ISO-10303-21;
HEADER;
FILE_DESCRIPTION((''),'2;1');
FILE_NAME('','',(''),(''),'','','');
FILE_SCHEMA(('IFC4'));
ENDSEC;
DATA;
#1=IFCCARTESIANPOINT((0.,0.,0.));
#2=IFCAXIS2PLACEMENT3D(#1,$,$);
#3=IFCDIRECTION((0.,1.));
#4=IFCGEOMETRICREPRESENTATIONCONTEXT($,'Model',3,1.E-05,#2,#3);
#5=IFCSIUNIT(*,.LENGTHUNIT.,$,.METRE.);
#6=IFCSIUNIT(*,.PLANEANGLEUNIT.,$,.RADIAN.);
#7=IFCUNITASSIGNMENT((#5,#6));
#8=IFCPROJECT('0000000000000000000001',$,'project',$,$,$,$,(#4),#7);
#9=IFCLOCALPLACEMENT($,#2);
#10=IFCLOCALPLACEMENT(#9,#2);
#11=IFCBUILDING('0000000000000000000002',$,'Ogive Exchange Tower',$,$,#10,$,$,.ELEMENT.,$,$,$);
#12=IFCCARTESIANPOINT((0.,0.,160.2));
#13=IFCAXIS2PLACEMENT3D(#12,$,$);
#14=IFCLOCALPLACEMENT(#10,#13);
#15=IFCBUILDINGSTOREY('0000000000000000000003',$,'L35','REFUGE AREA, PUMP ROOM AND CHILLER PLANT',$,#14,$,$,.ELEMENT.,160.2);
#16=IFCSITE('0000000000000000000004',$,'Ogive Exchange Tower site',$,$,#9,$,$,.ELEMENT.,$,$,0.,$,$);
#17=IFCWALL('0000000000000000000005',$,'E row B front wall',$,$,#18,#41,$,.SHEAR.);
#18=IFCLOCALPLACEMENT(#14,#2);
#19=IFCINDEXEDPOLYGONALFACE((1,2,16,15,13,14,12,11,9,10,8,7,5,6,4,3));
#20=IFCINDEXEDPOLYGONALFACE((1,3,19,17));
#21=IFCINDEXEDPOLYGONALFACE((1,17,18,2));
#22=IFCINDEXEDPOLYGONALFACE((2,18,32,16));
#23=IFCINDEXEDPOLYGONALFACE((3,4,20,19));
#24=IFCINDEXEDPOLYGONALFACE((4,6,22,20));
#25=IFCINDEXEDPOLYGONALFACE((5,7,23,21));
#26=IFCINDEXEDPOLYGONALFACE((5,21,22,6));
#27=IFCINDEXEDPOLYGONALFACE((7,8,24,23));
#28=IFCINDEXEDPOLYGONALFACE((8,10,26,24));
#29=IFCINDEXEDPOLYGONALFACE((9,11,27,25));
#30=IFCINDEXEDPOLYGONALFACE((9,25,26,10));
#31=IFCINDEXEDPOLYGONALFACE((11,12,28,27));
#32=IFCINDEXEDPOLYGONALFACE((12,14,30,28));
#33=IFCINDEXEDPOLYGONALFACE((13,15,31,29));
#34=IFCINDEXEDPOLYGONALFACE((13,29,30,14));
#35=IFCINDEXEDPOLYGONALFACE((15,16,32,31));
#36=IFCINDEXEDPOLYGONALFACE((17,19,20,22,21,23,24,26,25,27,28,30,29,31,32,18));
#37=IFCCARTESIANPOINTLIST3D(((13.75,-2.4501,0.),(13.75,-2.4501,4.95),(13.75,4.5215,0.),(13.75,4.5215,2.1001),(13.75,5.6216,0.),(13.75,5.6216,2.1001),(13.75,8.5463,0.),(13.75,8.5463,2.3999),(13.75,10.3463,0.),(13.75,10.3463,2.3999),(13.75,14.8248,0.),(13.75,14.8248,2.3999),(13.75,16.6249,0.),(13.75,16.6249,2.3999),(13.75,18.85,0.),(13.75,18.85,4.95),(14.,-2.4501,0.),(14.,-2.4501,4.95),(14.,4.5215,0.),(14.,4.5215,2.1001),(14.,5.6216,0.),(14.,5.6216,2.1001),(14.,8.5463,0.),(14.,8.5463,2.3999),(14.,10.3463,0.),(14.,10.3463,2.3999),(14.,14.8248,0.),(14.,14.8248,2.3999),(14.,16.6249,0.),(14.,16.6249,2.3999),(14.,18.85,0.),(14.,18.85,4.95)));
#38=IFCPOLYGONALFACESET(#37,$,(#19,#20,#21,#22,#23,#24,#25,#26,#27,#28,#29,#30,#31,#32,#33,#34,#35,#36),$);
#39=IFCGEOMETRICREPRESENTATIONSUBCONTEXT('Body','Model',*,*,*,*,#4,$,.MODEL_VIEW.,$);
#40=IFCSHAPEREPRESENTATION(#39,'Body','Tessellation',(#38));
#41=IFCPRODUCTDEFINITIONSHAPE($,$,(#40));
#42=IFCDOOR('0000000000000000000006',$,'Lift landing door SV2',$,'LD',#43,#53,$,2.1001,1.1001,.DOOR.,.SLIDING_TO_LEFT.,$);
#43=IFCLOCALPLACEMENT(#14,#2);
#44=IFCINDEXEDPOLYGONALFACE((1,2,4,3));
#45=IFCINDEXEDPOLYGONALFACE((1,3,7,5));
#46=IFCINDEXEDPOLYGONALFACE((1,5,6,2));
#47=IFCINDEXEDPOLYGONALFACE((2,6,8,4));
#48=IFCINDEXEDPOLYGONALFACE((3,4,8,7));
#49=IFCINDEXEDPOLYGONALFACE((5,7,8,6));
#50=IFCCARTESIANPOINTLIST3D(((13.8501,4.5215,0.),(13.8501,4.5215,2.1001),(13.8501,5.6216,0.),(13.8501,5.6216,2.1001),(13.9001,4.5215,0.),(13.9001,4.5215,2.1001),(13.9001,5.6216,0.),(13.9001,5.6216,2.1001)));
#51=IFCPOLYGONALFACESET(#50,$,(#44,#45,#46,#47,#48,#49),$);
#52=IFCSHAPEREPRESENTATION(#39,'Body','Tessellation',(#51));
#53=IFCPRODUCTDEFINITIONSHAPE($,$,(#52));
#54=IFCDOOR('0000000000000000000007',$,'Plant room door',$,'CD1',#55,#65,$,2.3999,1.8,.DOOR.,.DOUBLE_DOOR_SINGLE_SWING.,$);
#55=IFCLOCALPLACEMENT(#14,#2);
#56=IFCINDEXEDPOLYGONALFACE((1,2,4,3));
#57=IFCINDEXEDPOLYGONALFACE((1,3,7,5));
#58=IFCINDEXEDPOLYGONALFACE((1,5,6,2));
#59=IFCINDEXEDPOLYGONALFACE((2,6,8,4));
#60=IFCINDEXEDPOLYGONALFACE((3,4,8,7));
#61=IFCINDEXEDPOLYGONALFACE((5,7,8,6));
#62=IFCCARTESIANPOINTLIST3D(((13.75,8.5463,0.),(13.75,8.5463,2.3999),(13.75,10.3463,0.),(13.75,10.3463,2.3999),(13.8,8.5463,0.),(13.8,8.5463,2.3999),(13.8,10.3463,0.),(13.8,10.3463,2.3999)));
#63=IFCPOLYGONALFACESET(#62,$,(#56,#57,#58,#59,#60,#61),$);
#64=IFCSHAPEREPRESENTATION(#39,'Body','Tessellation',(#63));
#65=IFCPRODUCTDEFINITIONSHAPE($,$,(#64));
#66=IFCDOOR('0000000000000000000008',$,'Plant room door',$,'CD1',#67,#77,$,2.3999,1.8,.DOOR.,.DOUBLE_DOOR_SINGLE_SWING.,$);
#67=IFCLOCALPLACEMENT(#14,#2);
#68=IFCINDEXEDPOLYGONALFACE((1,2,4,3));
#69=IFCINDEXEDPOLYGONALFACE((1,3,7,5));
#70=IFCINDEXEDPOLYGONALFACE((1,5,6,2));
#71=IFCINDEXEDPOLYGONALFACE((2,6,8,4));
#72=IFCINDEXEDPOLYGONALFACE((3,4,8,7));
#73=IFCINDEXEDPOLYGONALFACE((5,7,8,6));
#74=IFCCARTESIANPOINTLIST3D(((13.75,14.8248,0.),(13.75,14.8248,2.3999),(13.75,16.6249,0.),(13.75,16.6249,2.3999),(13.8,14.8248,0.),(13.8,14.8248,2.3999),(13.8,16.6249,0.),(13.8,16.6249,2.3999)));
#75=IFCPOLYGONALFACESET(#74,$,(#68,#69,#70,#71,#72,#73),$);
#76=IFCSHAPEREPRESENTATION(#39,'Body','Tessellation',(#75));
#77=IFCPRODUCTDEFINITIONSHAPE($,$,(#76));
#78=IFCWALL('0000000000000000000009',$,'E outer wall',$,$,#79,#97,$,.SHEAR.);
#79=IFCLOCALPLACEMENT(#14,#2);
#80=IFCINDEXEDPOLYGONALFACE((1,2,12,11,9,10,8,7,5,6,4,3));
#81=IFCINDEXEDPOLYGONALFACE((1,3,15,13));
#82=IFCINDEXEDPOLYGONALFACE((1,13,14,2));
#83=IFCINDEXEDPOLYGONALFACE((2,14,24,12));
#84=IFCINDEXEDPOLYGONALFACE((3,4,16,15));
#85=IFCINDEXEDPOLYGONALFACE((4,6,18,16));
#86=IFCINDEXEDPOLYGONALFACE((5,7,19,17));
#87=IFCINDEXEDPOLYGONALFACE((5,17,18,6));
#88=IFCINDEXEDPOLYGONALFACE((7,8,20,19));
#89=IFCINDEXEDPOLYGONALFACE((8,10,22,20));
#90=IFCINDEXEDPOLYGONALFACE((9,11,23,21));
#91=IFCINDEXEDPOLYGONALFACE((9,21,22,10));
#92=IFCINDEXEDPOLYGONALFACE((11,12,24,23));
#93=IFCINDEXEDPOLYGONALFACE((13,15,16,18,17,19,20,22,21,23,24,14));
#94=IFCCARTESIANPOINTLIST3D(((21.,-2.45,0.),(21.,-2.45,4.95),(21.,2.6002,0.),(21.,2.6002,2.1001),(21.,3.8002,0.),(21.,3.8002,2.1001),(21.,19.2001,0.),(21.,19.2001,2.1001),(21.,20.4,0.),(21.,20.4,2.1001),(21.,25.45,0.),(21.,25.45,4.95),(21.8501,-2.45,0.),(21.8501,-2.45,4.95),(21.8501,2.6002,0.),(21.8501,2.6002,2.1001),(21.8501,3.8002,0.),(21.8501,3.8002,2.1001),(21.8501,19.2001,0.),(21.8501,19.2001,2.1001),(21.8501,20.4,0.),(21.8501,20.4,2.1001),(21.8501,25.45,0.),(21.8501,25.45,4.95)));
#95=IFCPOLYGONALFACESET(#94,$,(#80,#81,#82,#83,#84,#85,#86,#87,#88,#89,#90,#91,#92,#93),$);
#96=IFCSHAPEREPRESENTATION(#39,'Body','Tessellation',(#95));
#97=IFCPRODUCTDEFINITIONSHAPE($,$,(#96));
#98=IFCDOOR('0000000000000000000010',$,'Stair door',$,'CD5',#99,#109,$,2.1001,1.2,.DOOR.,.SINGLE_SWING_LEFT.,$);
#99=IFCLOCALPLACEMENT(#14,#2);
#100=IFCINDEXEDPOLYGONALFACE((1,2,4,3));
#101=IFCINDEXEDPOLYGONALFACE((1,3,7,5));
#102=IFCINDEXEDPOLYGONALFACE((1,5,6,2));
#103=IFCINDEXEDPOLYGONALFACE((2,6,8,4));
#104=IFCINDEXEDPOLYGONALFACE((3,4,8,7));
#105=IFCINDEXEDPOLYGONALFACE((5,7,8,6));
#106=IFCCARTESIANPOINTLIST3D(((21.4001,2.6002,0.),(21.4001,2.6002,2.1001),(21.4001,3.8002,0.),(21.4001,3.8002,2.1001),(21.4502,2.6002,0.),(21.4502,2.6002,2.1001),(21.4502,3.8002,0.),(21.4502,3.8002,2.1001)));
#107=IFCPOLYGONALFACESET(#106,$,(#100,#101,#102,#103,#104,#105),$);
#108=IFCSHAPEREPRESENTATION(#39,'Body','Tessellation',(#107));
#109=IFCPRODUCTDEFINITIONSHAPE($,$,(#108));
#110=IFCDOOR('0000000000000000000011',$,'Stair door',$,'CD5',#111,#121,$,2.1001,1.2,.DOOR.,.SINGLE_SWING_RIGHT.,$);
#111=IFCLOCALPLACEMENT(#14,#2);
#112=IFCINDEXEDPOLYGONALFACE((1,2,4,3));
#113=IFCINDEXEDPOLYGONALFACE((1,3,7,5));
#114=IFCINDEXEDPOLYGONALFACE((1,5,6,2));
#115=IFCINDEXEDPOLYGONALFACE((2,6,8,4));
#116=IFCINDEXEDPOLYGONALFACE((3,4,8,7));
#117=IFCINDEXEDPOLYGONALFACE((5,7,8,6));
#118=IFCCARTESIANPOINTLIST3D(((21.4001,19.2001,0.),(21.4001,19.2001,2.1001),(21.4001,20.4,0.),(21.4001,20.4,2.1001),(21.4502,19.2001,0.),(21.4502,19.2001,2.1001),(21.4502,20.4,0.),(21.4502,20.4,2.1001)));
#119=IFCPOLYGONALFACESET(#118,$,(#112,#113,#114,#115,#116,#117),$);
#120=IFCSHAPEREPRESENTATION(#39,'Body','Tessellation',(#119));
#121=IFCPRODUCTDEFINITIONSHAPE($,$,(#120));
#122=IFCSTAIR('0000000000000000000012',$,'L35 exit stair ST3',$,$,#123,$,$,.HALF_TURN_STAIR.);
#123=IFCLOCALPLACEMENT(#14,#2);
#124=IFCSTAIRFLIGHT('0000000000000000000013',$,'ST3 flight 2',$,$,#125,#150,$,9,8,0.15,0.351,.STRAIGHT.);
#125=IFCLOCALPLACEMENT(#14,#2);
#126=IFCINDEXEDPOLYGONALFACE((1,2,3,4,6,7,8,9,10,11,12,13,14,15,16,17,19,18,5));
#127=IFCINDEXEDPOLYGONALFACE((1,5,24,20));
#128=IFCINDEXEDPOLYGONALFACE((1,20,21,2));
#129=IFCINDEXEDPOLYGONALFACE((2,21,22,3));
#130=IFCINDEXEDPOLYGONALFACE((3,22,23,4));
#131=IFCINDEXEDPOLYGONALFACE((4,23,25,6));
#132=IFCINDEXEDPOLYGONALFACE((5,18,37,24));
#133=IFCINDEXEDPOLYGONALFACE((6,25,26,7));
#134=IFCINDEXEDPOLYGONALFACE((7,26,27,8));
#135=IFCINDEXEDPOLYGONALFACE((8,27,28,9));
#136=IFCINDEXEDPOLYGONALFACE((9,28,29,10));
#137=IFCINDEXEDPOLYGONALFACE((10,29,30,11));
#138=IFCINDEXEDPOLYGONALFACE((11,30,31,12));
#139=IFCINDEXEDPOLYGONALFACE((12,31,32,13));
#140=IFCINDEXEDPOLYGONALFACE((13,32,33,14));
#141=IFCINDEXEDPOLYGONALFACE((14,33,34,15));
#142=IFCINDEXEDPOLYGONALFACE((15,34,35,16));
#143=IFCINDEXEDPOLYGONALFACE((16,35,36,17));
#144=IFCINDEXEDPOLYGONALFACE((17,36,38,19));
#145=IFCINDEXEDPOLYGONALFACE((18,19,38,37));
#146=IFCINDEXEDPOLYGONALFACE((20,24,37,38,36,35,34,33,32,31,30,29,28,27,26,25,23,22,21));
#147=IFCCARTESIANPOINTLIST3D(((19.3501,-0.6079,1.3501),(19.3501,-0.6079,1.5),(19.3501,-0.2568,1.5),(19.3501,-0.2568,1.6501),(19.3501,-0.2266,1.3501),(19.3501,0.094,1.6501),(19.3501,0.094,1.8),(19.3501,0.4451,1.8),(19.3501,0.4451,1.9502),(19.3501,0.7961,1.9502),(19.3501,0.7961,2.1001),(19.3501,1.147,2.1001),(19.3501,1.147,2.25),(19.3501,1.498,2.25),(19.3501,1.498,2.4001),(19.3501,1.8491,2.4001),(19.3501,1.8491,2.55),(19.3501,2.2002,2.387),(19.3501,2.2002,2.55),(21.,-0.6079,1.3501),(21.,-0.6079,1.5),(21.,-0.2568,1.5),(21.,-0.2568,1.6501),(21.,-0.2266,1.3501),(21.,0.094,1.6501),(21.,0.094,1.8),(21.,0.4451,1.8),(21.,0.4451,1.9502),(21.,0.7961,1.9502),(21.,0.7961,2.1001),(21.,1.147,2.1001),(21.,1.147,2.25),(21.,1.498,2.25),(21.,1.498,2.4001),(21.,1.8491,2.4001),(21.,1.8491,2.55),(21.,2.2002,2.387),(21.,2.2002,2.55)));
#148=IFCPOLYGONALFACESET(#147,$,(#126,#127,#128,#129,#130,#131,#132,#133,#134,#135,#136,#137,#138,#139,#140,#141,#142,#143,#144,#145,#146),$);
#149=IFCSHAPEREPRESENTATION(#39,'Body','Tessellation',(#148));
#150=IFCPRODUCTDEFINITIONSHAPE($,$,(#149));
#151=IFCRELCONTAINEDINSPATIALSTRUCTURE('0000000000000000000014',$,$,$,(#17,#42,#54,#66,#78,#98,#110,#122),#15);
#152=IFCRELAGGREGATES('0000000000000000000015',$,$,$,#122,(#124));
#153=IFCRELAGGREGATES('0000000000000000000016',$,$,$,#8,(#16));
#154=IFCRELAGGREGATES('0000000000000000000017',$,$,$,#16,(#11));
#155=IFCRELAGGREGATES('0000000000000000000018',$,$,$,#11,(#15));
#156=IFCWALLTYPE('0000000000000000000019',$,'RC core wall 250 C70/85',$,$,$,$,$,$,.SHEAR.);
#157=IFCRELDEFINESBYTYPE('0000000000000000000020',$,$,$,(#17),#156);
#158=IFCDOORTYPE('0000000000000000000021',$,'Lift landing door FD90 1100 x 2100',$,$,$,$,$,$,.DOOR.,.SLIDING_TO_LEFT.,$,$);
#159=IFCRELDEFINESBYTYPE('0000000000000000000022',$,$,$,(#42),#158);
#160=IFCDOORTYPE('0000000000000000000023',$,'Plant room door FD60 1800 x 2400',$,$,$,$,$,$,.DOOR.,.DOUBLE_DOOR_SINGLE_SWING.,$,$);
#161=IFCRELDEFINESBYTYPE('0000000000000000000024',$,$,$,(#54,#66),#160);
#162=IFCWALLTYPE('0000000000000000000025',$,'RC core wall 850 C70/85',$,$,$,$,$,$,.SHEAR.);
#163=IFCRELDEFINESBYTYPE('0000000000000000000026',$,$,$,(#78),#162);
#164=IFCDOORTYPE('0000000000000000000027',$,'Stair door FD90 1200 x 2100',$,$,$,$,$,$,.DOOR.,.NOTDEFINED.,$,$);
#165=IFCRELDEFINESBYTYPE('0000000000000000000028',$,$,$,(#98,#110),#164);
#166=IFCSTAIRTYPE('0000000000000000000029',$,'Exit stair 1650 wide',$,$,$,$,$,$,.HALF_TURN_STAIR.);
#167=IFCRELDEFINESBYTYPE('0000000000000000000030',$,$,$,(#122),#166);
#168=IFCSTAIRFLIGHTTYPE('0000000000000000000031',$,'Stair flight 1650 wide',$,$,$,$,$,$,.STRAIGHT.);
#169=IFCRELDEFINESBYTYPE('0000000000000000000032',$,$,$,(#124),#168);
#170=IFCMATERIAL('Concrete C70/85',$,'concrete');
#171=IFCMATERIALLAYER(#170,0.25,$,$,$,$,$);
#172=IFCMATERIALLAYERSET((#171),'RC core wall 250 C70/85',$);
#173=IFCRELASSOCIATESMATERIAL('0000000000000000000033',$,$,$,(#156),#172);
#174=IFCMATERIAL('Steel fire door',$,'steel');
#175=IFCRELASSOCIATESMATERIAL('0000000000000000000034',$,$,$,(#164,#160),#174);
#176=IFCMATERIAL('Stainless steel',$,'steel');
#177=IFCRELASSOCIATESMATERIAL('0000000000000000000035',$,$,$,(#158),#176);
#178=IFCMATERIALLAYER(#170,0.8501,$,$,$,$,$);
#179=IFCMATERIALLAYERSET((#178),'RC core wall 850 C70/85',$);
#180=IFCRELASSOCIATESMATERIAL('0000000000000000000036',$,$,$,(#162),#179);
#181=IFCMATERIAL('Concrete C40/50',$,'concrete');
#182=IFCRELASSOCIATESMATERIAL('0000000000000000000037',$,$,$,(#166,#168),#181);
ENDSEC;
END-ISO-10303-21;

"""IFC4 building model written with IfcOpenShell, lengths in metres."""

from ifc_helpers import new_model, si_unit, direction, frame, frame_2d, origin, place, context, subcontext, project, spatial, polyline, rectangle, outline, extrude, material, layer, layer_set, type_object, element, fill, aggregate, save


model = new_model("IFC4")

# Units and contexts
model_context = context("Model", 3, precision=1e-05, world=origin(), true_north=direction((0.0, 1.0)))
body_context = subcontext(model_context, "Body", "Model", "MODEL_VIEW")
ifc_project = project(units=[si_unit("LENGTHUNIT", "METRE"), si_unit("PLANEANGLEUNIT", "RADIAN")], contexts=[model_context])

# Site, building, storey
site_placement = place(None, origin())
site = spatial("IfcSite", under=ifc_project, at=site_placement, Name="Ogive Exchange Tower site", CompositionType="ELEMENT", RefElevation=0.0)
building_placement = place(site_placement, origin())
building = spatial("IfcBuilding", under=site, at=building_placement, Name="Ogive Exchange Tower", CompositionType="ELEMENT")
storey_placement = place(building_placement, frame((0.0, 0.0, 160.2)))
storey = spatial("IfcBuildingStorey", under=building, at=storey_placement, Name="L35", Description="REFUGE AREA, PUMP ROOM AND CHILLER PLANT", CompositionType="ELEMENT", Elevation=160.2)

# Shared definitions
ifc_material_1 = material(Name="Concrete C70/85", Category="concrete")
ifc_layer_1 = layer(ifc_material_1, 0.25)
ifc_layer_set_1 = layer_set([ifc_layer_1], Name="RC core wall 250 C70/85")
wall_type_1 = type_object("IfcWallType", Name="RC core wall 250 C70/85", PredefinedType="SHEAR", material=ifc_layer_set_1)
ifc_material_2 = material(Name="Steel fire door", Category="steel")
door_type_1 = type_object("IfcDoorType", Name="Stair door FD90 1200 x 2100", OperationType="NOTDEFINED", PredefinedType="DOOR", material=ifc_material_2)

# Walls, openings, doors
wall_1_placement = place(storey_placement, frame((13.875, -2.45, 0.0), z_axis=(0.0, 0.0, 1.0), x_axis=(0.0, 1.0, 0.0)))
wall_1 = element("IfcWall", 1, at=wall_1_placement, inside=storey, type_object=wall_type_1, Name="E row B front wall", PredefinedType="SHEAR", context=body_context, shape_type="SweptSolid", body=[
    extrude(rectangle(XDim=21.3, YDim=0.25, at=frame_2d((10.6499, 0.0))), origin(), (0.0, 0.0, 1.0), 4.95),
])
opening_1_placement = place(wall_1_placement, frame((10.9963, 0.0, 0.0)))
opening_1 = element("IfcOpeningElement", 2, at=opening_1_placement, cuts=wall_1, PredefinedType="OPENING", context=body_context, shape_type="SweptSolid", body=[
    extrude(rectangle(XDim=1.8, YDim=2.3999, at=frame_2d((0.8999, 1.2))), frame((0.0, 0.135, 0.0), z_axis=(0.0, -1.0, 0.0), x_axis=(1.0, 0.0, 0.0)), (0.0, 0.0, 1.0), 0.27),
])
opening_2_placement = place(wall_1_placement, frame((17.2749, 0.0, 0.0)))
opening_2 = element("IfcOpeningElement", 3, at=opening_2_placement, cuts=wall_1, PredefinedType="OPENING", context=body_context, shape_type="SweptSolid", body=[
    extrude(rectangle(XDim=1.8, YDim=2.3999, at=frame_2d((0.8999, 1.2))), frame((0.0, 0.135, 0.0), z_axis=(0.0, -1.0, 0.0), x_axis=(1.0, 0.0, 0.0)), (0.0, 0.0, 1.0), 0.27),
])
opening_3_placement = place(wall_1_placement, frame((6.9714, 0.0, 0.0)))
opening_3 = element("IfcOpeningElement", 4, at=opening_3_placement, cuts=wall_1, PredefinedType="OPENING", context=body_context, shape_type="SweptSolid", body=[
    extrude(rectangle(XDim=1.1001, YDim=2.1001, at=frame_2d((0.55, 1.05))), frame((0.0, 0.135, 0.0), z_axis=(0.0, -1.0, 0.0), x_axis=(1.0, 0.0, 0.0)), (0.0, 0.0, 1.0), 0.27),
])
ifc_material_3 = material(Name="Stainless steel", Category="steel")
door_type_2 = type_object("IfcDoorType", Name="Lift landing door FD90 1100 x 2100", OperationType="SLIDING_TO_LEFT", PredefinedType="DOOR", material=ifc_material_3)
door_1_placement = place(opening_3_placement, origin())
door_1 = element("IfcDoor", 5, at=door_1_placement, inside=storey, type_object=door_type_2, Name="Lift landing door SV2", ObjectType="LD", OperationType="SLIDING_TO_LEFT", OverallHeight=2.1001, OverallWidth=1.1001, PredefinedType="DOOR", context=body_context, shape_type="SweptSolid", body=[
    extrude(rectangle(XDim=1.1001, YDim=2.1001, at=frame_2d((0.55, 1.05))), frame((0.0, 0.0249, 0.0), z_axis=(0.0, -1.0, 0.0), x_axis=(1.0, 0.0, 0.0)), (0.0, 0.0, 1.0), 0.05),
])
fill(opening_3, door_1)
door_type_3 = type_object("IfcDoorType", Name="Plant room door FD60 1800 x 2400", OperationType="DOUBLE_DOOR_SINGLE_SWING", PredefinedType="DOOR", material=ifc_material_2)
door_2_placement = place(opening_1_placement, origin())
door_2 = element("IfcDoor", 6, at=door_2_placement, inside=storey, type_object=door_type_3, Name="Plant room door", ObjectType="CD1", OperationType="DOUBLE_DOOR_SINGLE_SWING", OverallHeight=2.3999, OverallWidth=1.8, PredefinedType="DOOR", context=body_context, shape_type="SweptSolid", body=[
    extrude(rectangle(XDim=1.8, YDim=2.3999, at=frame_2d((0.8999, 1.2))), frame((0.0, 0.125, 0.0), z_axis=(0.0, -1.0, 0.0), x_axis=(1.0, 0.0, 0.0)), (0.0, 0.0, 1.0), 0.05),
])
fill(opening_1, door_2)
door_3_placement = place(opening_2_placement, origin())
door_3 = element("IfcDoor", 7, at=door_3_placement, inside=storey, type_object=door_type_3, Name="Plant room door", ObjectType="CD1", OperationType="DOUBLE_DOOR_SINGLE_SWING", OverallHeight=2.3999, OverallWidth=1.8, PredefinedType="DOOR", context=body_context, shape_type="SweptSolid", body=[
    extrude(rectangle(XDim=1.8, YDim=2.3999, at=frame_2d((0.8999, 1.2))), frame((0.0, 0.125, 0.0), z_axis=(0.0, -1.0, 0.0), x_axis=(1.0, 0.0, 0.0)), (0.0, 0.0, 1.0), 0.05),
])
fill(opening_2, door_3)
ifc_layer_2 = layer(ifc_material_1, 0.8501)
ifc_layer_set_2 = layer_set([ifc_layer_2], Name="RC core wall 850 C70/85")
wall_type_2 = type_object("IfcWallType", Name="RC core wall 850 C70/85", PredefinedType="SHEAR", material=ifc_layer_set_2)
wall_2_placement = place(storey_placement, frame((21.425, -2.45, 0.0), z_axis=(0.0, 0.0, 1.0), x_axis=(0.0, 1.0, 0.0)))
wall_2 = element("IfcWall", 8, at=wall_2_placement, inside=storey, type_object=wall_type_2, Name="E outer wall", PredefinedType="SHEAR", context=body_context, shape_type="SweptSolid", body=[
    extrude(rectangle(XDim=27.8999, YDim=0.8501, at=frame_2d((13.95, 0.0))), origin(), (0.0, 0.0, 1.0), 4.95),
])
opening_4_placement = place(wall_2_placement, frame((5.05, 0.0, 0.0)))
opening_4 = element("IfcOpeningElement", 9, at=opening_4_placement, cuts=wall_2, PredefinedType="OPENING", context=body_context, shape_type="SweptSolid", body=[
    extrude(rectangle(XDim=1.2, YDim=2.1001, at=frame_2d((0.6001, 1.05))), frame((0.0, 0.4351, 0.0), z_axis=(0.0, -1.0, 0.0), x_axis=(1.0, 0.0, 0.0)), (0.0, 0.0, 1.0), 0.8701),
])
opening_5_placement = place(wall_2_placement, frame((21.6499, 0.0, 0.0)))
opening_5 = element("IfcOpeningElement", 10, at=opening_5_placement, cuts=wall_2, PredefinedType="OPENING", context=body_context, shape_type="SweptSolid", body=[
    extrude(rectangle(XDim=1.2, YDim=2.1001, at=frame_2d((0.6001, 1.05))), frame((0.0, 0.4351, 0.0), z_axis=(0.0, -1.0, 0.0), x_axis=(1.0, 0.0, 0.0)), (0.0, 0.0, 1.0), 0.8701),
])
door_4_placement = place(opening_4_placement, origin())
door_4 = element("IfcDoor", 11, at=door_4_placement, inside=storey, type_object=door_type_1, Name="Stair door", ObjectType="CD5", OperationType="SINGLE_SWING_LEFT", OverallHeight=2.1001, OverallWidth=1.2, PredefinedType="DOOR", context=body_context, shape_type="SweptSolid", body=[
    extrude(rectangle(XDim=1.2, YDim=2.1001, at=frame_2d((0.6001, 1.05))), frame((0.0, 0.0249, 0.0), z_axis=(0.0, -1.0, 0.0), x_axis=(1.0, 0.0, 0.0)), (0.0, 0.0, 1.0), 0.05),
])
fill(opening_4, door_4)
door_5_placement = place(opening_5_placement, origin())
door_5 = element("IfcDoor", 12, at=door_5_placement, inside=storey, type_object=door_type_1, Name="Stair door", ObjectType="CD5", OperationType="SINGLE_SWING_RIGHT", OverallHeight=2.1001, OverallWidth=1.2, PredefinedType="DOOR", context=body_context, shape_type="SweptSolid", body=[
    extrude(rectangle(XDim=1.2, YDim=2.1001, at=frame_2d((0.6001, 1.05))), frame((0.0, 0.0249, 0.0), z_axis=(0.0, -1.0, 0.0), x_axis=(1.0, 0.0, 0.0)), (0.0, 0.0, 1.0), 0.05),
])
fill(opening_5, door_5)

# Stair, stair flight
ifc_material_4 = material(Name="Concrete C40/50", Category="concrete")
stair_type = type_object("IfcStairType", Name="Exit stair 1650 wide", PredefinedType="HALF_TURN_STAIR", material=ifc_material_4)
stair_placement = place(storey_placement, origin())
stair = element("IfcStair", 13, at=stair_placement, inside=storey, type_object=stair_type, Name="L35 exit stair ST3", PredefinedType="HALF_TURN_STAIR")
stair_flight_type = type_object("IfcStairFlightType", Name="Stair flight 1650 wide", PredefinedType="STRAIGHT", material=ifc_material_4)
stair_flight_1_placement = place(storey_placement, frame((20.175, -0.6079, 1.3501), z_axis=(0.0, 0.0, 1.0), x_axis=(0.0, 1.0, 0.0)))
stair_flight_1 = element("IfcStairFlight", 14, at=stair_flight_1_placement, type_object=stair_flight_type, Name="ST3 flight 2", NumberOfRisers=9, NumberOfTreads=8, PredefinedType="STRAIGHT", RiserHeight=0.15, TreadLength=0.351, context=body_context, shape_type="SweptSolid", body=[
    extrude(outline(polyline([(0.0, 0.0), (0.0, 0.1499), (0.3511, 0.1499), (0.3511, 0.3), (0.7019, 0.3), (0.7019, 0.45), (1.053, 0.45), (1.053, 0.6001), (1.4041, 0.6001), (1.4041, 0.75), (1.7549, 0.75), (1.7549, 0.8999), (2.106, 0.8999), (2.106, 1.05), (2.457, 1.05), (2.457, 1.2), (2.8081, 1.2), (2.8081, 1.3501), (2.8081, 1.0369), (0.3813, 0.0), (0.0, 0.0)])), frame((0.0, 0.825, 0.0), z_axis=(0.0, -1.0, 0.0), x_axis=(1.0, 0.0, 0.0)), (0.0, 0.0, 1.0), 1.6499),
])
aggregate(stair, [stair_flight_1])

save(model, "model.ifc")
